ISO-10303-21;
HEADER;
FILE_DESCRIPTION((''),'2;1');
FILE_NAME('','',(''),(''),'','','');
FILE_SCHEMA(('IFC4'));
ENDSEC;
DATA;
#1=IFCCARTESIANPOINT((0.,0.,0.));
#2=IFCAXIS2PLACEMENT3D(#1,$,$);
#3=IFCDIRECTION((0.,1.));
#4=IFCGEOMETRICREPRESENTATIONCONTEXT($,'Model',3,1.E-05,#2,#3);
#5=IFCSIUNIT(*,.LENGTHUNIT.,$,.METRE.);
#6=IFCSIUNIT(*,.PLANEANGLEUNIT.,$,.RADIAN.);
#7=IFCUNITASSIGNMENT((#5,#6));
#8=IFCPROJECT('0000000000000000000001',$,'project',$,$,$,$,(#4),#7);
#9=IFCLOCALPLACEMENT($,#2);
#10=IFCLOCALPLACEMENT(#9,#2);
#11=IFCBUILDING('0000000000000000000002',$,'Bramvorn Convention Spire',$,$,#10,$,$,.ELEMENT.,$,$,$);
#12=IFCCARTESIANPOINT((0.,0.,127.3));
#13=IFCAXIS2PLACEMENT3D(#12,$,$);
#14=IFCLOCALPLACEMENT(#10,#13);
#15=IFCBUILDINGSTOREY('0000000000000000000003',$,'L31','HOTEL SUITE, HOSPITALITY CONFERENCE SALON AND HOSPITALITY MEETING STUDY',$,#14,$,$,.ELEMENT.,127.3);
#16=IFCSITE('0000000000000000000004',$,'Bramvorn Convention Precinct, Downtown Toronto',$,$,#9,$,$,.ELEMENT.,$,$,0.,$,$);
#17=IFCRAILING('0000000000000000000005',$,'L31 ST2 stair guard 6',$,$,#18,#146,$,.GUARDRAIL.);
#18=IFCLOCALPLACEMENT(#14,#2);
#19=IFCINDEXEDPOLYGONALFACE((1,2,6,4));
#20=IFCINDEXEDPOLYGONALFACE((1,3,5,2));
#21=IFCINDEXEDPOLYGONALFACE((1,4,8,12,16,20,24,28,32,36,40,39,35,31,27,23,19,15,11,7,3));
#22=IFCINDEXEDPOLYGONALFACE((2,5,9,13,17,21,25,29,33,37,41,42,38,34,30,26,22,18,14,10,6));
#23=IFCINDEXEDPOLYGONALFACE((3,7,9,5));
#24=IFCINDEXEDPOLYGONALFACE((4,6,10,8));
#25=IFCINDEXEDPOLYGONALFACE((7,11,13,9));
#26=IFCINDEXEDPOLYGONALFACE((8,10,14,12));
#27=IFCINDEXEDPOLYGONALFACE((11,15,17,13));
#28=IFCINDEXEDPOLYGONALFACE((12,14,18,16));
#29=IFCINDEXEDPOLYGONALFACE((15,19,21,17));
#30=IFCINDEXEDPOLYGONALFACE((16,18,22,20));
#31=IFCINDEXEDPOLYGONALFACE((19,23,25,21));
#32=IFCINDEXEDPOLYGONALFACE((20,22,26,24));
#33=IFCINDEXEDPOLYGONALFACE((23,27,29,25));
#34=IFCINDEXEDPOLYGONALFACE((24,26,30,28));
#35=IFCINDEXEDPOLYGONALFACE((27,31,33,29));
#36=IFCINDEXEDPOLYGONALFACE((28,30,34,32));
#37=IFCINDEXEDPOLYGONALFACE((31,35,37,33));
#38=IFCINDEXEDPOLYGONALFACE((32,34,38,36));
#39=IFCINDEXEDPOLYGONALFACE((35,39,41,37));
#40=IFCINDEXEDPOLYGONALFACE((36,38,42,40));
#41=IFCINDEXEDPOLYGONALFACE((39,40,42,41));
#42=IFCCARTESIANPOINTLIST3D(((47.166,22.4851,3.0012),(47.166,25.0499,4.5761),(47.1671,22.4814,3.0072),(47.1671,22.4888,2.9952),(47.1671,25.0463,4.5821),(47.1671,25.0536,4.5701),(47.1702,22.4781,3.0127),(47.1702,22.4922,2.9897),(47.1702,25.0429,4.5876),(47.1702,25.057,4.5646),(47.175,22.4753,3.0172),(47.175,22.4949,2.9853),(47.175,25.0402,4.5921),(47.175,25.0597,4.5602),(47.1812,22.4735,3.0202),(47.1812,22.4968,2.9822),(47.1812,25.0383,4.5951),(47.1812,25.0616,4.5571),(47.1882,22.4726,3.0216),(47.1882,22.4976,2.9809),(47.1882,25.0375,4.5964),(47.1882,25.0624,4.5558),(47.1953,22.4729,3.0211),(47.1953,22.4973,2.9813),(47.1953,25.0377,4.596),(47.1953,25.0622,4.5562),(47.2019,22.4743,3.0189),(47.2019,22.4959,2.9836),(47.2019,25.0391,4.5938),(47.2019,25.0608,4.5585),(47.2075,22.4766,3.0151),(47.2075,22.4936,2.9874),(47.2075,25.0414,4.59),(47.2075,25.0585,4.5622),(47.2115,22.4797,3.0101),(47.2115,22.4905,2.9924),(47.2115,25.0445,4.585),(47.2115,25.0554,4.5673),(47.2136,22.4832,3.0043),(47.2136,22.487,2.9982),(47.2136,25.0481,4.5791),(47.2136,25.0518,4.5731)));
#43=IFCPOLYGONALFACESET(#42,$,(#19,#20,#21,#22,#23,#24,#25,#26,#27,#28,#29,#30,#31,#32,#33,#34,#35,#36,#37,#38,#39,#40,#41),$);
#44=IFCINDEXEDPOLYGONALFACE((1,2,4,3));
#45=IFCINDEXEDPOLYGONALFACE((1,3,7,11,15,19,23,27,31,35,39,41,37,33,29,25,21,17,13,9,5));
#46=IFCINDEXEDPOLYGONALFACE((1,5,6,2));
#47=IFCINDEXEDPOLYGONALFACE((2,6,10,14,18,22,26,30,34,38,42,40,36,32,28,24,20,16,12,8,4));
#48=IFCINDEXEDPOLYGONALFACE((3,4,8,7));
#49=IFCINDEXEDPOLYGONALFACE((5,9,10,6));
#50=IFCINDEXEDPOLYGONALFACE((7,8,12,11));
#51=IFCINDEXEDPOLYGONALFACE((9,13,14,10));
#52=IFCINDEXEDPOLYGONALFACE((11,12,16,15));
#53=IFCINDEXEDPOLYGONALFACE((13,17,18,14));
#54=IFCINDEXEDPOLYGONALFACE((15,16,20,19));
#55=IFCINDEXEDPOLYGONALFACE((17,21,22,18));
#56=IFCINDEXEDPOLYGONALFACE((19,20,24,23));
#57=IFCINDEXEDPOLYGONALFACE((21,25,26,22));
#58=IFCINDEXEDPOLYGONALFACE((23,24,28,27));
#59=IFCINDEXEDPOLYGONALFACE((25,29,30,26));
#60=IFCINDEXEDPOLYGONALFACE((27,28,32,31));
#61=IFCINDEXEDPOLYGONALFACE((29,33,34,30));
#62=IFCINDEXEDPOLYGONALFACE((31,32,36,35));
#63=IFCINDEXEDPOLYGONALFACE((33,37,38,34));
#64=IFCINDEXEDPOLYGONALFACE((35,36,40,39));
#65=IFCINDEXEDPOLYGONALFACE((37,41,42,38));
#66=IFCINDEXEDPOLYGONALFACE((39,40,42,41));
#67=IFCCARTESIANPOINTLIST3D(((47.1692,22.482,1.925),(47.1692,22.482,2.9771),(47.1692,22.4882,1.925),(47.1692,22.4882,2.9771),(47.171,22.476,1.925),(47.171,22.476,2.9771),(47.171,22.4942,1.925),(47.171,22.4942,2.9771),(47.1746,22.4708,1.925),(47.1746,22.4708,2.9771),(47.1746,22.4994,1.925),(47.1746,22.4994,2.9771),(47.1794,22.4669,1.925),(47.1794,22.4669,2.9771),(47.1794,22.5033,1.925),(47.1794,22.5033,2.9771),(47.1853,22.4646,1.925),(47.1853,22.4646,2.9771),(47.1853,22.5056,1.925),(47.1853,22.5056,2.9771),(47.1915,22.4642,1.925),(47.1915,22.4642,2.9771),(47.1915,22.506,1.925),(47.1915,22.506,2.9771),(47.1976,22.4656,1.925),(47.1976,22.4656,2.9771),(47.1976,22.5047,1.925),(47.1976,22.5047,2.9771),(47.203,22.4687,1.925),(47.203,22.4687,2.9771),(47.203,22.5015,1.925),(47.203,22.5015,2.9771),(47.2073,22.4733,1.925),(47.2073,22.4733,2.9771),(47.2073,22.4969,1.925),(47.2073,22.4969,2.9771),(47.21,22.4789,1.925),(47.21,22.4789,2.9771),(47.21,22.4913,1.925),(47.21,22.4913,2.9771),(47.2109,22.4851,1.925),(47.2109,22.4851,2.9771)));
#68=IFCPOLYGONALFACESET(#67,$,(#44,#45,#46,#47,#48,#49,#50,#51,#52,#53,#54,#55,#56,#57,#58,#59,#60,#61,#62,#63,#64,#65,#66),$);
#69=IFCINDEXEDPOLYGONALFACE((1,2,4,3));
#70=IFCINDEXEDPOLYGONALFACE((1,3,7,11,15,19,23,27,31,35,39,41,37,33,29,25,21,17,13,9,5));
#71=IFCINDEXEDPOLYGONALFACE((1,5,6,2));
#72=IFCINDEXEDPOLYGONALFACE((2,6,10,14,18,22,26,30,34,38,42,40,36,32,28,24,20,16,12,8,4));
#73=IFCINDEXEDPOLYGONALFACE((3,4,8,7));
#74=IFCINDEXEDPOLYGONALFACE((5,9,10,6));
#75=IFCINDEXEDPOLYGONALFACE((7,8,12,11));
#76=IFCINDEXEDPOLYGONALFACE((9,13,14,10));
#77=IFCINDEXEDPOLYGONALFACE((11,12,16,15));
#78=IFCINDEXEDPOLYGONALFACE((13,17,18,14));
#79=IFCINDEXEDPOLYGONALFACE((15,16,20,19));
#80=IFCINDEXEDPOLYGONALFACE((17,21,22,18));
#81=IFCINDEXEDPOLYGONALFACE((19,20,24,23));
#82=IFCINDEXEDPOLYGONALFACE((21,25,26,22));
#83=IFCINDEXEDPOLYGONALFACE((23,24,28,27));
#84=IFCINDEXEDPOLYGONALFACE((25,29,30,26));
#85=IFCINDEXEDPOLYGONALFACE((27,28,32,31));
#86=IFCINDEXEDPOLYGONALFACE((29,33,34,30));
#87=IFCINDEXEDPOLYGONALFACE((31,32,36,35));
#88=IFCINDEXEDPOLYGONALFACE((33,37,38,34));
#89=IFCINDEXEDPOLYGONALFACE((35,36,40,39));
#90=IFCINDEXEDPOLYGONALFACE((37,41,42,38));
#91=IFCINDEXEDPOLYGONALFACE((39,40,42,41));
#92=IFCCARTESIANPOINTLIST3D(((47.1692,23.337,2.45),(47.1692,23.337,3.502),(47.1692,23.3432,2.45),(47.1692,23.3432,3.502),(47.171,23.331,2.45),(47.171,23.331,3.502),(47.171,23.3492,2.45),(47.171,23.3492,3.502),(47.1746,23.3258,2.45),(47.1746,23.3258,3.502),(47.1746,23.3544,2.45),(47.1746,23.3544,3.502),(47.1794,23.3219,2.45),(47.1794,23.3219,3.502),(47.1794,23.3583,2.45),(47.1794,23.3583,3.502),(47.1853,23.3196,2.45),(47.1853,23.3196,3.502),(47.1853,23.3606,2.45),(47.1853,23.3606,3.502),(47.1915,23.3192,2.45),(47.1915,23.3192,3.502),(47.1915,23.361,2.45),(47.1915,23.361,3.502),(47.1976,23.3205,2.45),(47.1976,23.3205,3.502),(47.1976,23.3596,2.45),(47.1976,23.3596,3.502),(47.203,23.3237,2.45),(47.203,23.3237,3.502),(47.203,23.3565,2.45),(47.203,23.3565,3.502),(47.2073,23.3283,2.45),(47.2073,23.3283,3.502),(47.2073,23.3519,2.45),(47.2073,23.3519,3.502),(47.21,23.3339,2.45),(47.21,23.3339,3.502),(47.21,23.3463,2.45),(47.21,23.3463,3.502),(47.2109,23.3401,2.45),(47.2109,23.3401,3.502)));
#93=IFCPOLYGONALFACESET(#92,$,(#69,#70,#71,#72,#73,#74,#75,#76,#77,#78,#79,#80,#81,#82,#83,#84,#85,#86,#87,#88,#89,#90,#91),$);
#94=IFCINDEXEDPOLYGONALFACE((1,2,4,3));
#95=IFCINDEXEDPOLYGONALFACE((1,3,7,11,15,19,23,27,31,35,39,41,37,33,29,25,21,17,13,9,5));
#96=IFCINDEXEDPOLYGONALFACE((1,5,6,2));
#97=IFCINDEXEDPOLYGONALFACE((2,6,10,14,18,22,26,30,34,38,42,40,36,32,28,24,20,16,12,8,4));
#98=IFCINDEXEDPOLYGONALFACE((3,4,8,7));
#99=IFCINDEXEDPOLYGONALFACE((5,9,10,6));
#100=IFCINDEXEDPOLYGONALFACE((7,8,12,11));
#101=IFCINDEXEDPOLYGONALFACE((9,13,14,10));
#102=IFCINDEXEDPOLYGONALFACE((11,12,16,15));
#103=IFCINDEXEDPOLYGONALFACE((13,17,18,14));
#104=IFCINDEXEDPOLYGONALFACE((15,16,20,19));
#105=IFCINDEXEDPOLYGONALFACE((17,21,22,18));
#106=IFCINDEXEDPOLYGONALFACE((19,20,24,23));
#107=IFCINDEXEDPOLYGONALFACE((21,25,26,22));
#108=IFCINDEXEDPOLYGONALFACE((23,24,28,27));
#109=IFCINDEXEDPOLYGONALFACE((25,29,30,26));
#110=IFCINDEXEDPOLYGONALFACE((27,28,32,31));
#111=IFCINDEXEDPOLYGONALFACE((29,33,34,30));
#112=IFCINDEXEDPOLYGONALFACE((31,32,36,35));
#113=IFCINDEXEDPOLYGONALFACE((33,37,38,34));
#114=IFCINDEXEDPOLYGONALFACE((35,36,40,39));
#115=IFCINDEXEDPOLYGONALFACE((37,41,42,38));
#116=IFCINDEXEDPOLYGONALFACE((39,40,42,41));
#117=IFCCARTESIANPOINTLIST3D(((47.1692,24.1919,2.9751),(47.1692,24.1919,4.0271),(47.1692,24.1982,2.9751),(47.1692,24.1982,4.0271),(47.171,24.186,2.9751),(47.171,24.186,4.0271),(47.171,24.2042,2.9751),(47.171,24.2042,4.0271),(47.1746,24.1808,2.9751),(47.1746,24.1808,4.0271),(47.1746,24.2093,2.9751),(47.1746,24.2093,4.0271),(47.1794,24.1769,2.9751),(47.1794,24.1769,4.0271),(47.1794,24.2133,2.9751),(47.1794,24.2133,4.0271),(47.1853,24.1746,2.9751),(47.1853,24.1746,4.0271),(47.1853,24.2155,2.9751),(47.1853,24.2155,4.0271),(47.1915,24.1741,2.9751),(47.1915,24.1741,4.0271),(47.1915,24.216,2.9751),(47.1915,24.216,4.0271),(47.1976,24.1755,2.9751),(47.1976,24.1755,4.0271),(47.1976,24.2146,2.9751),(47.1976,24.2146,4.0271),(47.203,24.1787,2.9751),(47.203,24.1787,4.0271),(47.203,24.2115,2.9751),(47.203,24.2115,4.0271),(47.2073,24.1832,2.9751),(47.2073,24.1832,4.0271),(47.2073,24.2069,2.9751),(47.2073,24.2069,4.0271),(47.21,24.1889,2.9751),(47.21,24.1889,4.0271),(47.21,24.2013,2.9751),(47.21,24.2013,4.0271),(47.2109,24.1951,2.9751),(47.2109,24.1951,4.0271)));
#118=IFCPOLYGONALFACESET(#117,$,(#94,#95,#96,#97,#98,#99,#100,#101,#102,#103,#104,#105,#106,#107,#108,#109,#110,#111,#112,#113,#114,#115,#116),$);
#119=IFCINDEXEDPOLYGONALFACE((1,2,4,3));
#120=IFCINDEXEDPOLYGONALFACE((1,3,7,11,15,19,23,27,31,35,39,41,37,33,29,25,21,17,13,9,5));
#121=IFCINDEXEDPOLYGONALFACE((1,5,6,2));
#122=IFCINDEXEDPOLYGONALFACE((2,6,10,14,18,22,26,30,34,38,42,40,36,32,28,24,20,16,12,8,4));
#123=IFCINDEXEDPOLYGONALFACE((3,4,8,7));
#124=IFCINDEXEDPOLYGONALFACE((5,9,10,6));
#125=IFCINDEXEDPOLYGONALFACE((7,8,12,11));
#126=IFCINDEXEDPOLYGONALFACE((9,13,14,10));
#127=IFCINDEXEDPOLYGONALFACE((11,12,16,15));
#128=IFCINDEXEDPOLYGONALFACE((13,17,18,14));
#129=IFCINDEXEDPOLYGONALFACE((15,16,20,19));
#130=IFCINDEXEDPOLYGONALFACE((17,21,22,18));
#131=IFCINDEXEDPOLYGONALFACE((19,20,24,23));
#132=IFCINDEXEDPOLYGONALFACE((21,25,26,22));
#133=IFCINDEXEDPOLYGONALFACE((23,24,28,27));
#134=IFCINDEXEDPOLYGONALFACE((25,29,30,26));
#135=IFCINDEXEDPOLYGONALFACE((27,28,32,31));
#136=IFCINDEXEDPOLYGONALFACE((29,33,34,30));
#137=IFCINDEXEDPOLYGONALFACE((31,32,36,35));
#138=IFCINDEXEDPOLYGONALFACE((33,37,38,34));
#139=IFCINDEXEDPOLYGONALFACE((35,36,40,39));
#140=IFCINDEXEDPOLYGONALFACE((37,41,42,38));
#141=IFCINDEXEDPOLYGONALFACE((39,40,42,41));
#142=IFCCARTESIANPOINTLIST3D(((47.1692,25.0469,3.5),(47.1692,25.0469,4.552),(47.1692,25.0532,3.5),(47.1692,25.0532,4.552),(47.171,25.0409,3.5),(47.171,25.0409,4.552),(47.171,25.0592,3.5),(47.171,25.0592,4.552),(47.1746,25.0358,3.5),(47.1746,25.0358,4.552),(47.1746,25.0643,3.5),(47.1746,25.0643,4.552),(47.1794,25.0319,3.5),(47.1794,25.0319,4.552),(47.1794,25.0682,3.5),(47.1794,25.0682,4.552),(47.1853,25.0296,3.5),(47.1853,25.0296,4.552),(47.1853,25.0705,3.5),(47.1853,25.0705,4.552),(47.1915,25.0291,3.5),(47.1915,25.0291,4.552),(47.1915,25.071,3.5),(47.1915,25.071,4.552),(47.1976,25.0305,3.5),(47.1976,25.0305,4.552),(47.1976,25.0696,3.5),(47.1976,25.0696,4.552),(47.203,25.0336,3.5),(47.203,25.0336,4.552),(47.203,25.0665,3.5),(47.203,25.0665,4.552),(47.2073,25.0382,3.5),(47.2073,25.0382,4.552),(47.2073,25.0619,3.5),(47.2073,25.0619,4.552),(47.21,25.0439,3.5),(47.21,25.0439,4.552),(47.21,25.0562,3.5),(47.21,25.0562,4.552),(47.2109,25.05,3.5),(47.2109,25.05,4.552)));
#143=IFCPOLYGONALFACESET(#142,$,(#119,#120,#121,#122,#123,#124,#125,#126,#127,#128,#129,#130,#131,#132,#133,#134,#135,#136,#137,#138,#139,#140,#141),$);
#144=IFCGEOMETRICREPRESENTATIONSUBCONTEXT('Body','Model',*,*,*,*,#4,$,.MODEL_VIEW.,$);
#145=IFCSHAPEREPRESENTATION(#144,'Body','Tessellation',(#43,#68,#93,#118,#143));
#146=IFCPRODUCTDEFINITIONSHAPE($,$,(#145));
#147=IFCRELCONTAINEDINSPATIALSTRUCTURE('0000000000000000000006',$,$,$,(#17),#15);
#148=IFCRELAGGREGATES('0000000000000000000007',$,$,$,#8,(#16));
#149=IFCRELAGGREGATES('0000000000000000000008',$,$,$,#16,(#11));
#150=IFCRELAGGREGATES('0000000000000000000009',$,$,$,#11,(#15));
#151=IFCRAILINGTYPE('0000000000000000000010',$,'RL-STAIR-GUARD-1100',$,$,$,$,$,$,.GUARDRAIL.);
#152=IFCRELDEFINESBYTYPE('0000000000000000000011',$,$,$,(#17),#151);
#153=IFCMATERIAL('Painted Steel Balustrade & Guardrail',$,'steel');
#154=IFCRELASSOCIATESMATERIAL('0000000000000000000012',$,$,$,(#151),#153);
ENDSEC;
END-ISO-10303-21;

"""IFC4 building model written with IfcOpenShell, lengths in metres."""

from ifc_helpers import new_model, si_unit, direction, frame, origin, origin_2d, place, context, subcontext, project, spatial, circle, extrude, material, type_object, element, save


model = new_model("IFC4")

# Units and contexts
model_context = context("Model", 3, precision=1e-05, world=origin(), true_north=direction((0.0, 1.0)))
body_context = subcontext(model_context, "Body", "Model", "MODEL_VIEW")
ifc_project = project(units=[si_unit("LENGTHUNIT", "METRE"), si_unit("PLANEANGLEUNIT", "RADIAN")], contexts=[model_context])

# Site, building, storey
site_placement = place(None, origin())
site = spatial("IfcSite", under=ifc_project, at=site_placement, Name="Bramvorn Convention Precinct, Downtown Toronto", CompositionType="ELEMENT", RefElevation=0.0)
building_placement = place(site_placement, origin())
building = spatial("IfcBuilding", under=site, at=building_placement, Name="Bramvorn Convention Spire", CompositionType="ELEMENT")
storey_placement = place(building_placement, frame((0.0, 0.0, 127.3)))
storey = spatial("IfcBuildingStorey", under=building, at=storey_placement, Name="L31", Description="HOTEL SUITE, HOSPITALITY CONFERENCE SALON AND HOSPITALITY MEETING STUDY", CompositionType="ELEMENT", Elevation=127.3)

# Railing
ifc_material_1 = material(Name="Painted Steel Balustrade & Guardrail", Category="steel")
railing_type_1 = type_object("IfcRailingType", Name="RL-STAIR-GUARD-1100", PredefinedType="GUARDRAIL", material=ifc_material_1)
railing_1_placement = place(storey_placement, frame((47.1899, 22.4851, 1.925)))
element("IfcRailing", 1, at=railing_1_placement, inside=storey, type_object=railing_type_1, Name="L31 ST2 stair guard 6", PredefinedType="GUARDRAIL", context=body_context, shape_type="SweptSolid", body=[
    extrude(circle(Radius=0.0239, at=origin_2d()), frame((0.0, 0.0, 1.0762), z_axis=(0.0, 0.852173, 0.52326), x_axis=(-1.0, 0.0, 0.0)), (0.0, 0.0, 1.0), 3.0098),
    extrude(circle(Radius=0.021, at=origin_2d()), origin(), (0.0, 0.0, 1.0), 1.052),
    extrude(circle(Radius=0.021, at=origin_2d()), frame((0.0, 0.855, 0.5249)), (0.0, 0.0, 1.0), 1.052),
    extrude(circle(Radius=0.021, at=origin_2d()), frame((0.0, 1.71, 1.05)), (0.0, 0.0, 1.0), 1.052),
    extrude(circle(Radius=0.021, at=origin_2d()), frame((0.0, 2.5649, 1.575)), (0.0, 0.0, 1.0), 1.052),
])

save(model, "model.ifc")
